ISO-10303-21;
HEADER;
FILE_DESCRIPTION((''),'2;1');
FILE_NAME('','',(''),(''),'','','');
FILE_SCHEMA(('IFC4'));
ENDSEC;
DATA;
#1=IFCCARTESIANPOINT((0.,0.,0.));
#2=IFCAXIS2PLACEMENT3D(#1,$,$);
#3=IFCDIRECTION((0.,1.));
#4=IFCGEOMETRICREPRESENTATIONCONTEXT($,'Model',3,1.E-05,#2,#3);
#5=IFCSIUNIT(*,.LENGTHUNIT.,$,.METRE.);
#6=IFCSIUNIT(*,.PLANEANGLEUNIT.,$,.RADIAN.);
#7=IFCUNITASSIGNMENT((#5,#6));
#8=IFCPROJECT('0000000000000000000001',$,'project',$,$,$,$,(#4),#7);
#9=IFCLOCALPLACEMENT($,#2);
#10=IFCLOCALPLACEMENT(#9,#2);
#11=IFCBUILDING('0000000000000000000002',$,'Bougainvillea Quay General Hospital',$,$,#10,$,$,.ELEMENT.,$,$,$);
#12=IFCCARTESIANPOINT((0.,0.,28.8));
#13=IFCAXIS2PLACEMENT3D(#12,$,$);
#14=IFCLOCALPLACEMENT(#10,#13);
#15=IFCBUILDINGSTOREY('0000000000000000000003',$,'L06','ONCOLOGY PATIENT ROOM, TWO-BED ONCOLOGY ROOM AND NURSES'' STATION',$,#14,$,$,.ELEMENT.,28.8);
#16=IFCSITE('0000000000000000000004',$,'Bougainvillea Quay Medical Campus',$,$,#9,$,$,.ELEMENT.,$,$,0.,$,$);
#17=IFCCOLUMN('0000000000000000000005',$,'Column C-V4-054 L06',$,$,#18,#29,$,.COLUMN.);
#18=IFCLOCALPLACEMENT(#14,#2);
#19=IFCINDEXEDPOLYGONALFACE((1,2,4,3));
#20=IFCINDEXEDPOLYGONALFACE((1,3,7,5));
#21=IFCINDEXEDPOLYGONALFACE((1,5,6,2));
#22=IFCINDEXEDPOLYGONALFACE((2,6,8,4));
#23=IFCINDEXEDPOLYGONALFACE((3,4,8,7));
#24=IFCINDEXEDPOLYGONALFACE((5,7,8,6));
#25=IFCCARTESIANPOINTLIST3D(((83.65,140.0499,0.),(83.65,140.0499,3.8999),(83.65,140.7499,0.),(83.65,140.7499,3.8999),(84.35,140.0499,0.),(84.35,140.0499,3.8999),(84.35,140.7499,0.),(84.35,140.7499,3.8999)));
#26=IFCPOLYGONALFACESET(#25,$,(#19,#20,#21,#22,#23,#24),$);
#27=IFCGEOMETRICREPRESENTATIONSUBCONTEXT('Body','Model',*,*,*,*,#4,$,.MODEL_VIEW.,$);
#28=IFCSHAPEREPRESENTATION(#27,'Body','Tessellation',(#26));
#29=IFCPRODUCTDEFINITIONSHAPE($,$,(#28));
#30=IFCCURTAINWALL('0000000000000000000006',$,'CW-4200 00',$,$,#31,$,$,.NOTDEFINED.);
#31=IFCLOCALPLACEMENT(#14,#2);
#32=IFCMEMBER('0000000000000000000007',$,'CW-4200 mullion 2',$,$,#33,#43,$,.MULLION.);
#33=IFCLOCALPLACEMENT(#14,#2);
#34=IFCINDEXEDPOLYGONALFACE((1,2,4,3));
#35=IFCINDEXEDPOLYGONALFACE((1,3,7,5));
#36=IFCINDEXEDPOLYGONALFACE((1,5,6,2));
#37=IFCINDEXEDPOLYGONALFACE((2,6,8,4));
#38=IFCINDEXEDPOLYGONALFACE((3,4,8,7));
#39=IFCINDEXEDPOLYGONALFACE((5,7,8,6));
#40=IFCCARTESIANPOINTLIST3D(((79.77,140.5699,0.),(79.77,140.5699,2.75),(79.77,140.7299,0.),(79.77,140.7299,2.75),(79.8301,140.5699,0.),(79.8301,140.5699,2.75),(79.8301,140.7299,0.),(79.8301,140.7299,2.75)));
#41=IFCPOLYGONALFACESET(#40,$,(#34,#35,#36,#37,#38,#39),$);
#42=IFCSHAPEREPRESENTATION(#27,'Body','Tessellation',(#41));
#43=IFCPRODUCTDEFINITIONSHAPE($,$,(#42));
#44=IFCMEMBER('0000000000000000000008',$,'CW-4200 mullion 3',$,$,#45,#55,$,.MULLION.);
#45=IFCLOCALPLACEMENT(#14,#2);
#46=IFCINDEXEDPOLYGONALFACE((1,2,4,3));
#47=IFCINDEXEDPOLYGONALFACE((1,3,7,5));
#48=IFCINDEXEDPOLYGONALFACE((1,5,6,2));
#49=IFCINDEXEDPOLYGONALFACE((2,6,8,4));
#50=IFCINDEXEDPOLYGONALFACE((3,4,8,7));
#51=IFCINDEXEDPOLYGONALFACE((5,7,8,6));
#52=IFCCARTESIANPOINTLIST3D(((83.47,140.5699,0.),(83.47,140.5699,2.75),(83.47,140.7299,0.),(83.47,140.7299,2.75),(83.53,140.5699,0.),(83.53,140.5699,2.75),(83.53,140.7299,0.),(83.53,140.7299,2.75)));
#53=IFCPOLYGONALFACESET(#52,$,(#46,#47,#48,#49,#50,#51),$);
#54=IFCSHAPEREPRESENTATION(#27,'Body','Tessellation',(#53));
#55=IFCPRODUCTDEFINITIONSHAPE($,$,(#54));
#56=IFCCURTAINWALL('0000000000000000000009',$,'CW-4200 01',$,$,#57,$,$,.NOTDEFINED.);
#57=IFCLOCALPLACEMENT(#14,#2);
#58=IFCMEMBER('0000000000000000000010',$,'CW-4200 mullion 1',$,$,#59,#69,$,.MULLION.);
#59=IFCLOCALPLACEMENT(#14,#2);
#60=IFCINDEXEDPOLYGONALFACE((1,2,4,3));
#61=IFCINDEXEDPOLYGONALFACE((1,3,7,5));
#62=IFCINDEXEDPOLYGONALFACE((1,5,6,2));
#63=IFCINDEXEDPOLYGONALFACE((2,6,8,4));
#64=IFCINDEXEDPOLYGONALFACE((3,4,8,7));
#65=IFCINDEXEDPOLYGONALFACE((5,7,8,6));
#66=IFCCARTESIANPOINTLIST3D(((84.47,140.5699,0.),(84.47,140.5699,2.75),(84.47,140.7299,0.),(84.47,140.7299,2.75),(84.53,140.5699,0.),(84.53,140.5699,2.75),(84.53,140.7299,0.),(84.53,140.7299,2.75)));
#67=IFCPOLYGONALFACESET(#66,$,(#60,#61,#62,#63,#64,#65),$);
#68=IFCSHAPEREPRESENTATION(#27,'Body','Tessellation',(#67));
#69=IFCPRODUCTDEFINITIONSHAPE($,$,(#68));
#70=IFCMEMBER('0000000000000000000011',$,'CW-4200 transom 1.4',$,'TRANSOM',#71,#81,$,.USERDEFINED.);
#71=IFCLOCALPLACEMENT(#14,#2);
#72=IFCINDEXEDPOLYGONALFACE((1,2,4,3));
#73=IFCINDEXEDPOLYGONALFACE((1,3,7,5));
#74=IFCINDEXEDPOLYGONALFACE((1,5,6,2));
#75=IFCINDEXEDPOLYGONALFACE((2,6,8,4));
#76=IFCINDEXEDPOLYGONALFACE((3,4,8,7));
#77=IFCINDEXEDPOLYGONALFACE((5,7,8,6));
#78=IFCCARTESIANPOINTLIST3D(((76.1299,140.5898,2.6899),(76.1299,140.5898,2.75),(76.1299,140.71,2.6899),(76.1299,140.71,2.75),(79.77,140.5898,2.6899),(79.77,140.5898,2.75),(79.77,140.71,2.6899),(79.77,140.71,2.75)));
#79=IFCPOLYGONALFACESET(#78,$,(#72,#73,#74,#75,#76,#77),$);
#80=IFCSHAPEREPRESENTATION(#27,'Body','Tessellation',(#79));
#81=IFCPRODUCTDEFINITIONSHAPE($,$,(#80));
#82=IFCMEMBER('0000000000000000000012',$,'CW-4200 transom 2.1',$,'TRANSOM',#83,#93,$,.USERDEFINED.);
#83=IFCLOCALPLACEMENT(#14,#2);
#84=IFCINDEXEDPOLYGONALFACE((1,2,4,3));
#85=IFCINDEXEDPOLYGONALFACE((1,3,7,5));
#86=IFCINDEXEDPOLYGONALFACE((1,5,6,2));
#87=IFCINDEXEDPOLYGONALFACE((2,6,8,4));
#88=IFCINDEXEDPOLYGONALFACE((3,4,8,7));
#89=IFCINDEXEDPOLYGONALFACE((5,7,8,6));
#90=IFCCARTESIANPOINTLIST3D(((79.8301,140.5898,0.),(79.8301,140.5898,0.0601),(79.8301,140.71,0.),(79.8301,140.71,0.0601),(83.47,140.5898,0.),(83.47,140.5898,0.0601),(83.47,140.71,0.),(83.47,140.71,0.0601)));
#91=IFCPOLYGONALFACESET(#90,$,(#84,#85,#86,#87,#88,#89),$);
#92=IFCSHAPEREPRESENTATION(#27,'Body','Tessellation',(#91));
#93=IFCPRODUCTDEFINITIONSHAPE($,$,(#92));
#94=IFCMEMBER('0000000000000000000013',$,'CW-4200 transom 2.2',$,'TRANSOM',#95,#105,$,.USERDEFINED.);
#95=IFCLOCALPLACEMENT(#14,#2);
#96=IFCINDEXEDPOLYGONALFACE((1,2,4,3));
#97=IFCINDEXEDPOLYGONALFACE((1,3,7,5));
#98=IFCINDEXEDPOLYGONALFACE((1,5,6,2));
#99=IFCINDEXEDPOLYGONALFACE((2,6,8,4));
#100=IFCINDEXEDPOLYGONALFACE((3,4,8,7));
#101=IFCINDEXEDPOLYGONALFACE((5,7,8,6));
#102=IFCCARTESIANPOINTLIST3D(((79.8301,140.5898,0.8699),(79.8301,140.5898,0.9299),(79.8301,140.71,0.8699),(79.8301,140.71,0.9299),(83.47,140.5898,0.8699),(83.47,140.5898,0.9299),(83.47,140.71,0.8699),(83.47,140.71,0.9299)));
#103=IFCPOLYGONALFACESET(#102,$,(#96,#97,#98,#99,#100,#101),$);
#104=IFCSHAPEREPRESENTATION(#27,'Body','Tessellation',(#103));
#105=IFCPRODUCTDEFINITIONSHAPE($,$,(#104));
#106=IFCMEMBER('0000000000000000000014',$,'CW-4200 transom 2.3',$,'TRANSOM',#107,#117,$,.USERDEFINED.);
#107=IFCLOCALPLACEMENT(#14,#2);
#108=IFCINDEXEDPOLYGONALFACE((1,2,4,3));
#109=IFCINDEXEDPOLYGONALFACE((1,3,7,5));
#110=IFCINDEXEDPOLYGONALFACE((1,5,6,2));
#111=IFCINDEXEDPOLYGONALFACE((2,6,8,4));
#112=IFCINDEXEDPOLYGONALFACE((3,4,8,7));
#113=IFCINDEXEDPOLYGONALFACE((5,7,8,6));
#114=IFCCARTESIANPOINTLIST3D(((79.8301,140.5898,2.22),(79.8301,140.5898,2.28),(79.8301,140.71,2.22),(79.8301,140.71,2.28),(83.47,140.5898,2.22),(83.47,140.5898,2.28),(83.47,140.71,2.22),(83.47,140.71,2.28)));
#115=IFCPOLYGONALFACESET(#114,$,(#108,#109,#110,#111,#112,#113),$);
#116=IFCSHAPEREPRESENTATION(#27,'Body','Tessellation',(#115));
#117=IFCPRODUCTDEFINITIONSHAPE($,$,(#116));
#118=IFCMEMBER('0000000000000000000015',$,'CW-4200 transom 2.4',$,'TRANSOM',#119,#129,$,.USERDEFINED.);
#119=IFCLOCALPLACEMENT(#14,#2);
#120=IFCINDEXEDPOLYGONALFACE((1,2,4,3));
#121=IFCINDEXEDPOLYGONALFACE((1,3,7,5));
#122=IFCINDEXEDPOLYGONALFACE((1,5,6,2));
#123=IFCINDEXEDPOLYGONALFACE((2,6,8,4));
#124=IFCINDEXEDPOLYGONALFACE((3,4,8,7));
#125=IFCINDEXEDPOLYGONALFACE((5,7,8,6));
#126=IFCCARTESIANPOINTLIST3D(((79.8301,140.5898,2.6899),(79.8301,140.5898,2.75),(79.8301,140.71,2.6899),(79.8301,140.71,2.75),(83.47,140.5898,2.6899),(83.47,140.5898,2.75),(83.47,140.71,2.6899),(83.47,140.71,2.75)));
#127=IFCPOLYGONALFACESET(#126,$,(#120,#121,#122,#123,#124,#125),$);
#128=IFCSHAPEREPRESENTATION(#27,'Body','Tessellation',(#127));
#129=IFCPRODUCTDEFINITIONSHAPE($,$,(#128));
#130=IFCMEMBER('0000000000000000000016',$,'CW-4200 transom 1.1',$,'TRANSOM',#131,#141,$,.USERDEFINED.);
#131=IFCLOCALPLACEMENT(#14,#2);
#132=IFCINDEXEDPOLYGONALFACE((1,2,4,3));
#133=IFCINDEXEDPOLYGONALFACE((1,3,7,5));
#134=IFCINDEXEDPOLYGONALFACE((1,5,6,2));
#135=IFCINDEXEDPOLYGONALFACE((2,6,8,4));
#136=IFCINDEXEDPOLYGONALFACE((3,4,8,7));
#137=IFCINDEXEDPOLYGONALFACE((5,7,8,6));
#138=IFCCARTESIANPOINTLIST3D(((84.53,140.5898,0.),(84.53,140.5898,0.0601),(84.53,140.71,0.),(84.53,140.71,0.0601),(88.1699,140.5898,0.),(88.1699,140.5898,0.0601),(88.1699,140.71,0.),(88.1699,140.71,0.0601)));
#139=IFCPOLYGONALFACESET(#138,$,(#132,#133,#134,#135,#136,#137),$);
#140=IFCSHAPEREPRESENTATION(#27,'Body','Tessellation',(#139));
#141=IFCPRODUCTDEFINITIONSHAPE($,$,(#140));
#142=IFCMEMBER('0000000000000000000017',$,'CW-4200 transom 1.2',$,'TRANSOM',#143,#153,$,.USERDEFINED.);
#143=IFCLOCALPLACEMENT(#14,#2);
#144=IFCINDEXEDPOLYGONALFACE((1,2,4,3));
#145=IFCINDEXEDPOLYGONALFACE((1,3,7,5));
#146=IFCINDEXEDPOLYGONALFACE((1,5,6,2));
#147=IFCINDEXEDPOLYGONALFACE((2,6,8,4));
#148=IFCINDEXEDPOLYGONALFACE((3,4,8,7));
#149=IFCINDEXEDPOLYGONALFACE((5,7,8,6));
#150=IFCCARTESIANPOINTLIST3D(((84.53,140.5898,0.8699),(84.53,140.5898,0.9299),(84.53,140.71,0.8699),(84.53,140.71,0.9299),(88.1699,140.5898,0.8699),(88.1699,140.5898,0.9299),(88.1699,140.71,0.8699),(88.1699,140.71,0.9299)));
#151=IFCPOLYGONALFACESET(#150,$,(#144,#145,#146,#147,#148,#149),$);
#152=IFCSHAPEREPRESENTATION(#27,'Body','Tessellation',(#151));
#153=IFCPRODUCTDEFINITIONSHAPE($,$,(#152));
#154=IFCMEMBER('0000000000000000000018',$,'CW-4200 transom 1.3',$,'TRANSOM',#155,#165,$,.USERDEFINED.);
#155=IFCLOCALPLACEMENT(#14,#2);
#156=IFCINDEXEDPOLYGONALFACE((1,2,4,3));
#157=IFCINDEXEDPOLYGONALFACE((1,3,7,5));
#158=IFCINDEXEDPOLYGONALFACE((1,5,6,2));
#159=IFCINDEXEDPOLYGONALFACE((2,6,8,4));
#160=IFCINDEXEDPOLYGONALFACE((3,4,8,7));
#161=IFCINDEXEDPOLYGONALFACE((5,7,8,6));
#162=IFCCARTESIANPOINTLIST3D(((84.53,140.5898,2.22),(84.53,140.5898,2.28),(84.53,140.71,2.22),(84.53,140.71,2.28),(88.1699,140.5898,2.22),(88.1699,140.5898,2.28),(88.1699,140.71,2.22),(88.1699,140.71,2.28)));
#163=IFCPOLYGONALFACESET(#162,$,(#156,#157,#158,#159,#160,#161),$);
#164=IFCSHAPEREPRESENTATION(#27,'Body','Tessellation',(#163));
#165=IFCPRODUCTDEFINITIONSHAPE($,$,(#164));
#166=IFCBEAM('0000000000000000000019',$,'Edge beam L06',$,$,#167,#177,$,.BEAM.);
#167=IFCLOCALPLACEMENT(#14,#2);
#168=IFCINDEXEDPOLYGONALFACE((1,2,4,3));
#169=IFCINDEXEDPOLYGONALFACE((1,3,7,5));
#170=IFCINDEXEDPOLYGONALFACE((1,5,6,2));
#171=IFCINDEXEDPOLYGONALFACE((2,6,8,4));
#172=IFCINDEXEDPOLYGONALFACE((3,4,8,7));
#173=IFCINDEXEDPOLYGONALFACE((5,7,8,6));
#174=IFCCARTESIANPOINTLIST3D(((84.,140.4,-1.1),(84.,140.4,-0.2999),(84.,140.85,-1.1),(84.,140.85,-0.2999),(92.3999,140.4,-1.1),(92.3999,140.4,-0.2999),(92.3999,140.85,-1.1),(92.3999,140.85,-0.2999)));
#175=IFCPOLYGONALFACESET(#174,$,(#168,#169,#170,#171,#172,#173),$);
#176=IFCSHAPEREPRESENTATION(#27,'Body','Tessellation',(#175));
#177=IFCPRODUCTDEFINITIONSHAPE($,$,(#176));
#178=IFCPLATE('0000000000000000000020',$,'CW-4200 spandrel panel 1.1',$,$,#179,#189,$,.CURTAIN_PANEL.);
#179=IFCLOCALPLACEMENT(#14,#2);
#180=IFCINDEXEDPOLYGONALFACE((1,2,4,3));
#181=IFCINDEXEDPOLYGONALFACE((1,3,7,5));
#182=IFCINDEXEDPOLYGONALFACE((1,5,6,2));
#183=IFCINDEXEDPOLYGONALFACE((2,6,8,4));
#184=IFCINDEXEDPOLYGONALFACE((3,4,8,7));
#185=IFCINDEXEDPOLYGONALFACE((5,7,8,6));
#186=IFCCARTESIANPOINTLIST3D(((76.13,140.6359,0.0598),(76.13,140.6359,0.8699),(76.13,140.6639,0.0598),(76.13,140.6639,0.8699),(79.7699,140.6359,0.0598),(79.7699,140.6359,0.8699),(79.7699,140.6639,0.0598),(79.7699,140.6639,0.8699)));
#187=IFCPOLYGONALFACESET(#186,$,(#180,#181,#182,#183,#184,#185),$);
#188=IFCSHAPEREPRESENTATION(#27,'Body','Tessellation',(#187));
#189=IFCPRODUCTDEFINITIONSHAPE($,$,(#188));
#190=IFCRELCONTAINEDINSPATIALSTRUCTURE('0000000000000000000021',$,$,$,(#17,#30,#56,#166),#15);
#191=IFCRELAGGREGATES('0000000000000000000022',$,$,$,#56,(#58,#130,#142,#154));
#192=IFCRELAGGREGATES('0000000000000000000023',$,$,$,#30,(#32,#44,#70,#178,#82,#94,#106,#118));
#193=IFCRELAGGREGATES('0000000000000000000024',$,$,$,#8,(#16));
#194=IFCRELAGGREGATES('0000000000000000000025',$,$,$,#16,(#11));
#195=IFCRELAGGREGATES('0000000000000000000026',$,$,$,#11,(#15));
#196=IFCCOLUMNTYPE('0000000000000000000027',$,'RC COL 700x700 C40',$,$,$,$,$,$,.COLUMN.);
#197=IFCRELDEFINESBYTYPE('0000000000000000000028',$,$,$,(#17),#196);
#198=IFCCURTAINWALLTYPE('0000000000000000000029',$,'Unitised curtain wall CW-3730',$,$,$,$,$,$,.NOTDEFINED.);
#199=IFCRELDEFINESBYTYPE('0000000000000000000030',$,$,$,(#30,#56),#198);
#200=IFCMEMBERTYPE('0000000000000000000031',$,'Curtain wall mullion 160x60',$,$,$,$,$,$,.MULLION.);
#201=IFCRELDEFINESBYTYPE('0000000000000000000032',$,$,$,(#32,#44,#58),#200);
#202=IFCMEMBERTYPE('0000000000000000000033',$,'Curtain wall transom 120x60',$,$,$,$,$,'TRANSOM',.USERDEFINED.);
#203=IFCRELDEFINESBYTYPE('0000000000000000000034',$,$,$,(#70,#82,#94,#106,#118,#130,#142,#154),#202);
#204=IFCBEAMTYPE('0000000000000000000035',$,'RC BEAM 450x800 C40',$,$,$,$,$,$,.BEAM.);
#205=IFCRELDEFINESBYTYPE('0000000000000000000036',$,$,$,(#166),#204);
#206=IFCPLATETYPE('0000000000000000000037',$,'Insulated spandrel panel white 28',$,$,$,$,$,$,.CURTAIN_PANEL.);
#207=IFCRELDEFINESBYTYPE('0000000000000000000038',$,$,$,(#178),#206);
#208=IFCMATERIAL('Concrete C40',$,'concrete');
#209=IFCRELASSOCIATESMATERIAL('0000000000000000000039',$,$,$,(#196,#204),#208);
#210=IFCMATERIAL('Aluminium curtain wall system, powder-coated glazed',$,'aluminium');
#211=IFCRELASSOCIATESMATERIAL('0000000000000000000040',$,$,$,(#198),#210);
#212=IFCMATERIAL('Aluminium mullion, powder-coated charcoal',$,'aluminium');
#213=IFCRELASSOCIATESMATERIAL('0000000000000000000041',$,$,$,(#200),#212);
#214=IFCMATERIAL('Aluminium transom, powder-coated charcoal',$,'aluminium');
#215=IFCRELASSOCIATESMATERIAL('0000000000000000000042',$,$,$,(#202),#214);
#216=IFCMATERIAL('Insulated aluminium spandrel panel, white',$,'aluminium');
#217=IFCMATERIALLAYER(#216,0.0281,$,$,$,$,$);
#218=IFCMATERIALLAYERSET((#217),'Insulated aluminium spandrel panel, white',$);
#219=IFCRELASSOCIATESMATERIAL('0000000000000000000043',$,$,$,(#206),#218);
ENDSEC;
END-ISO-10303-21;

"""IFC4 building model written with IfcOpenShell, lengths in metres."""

from ifc_helpers import new_model, si_unit, direction, frame, origin, origin_2d, place, context, subcontext, project, spatial, rectangle, extrude, material, layer, layer_set, material_profile, profile_set, type_object, element, aggregate, save


model = new_model("IFC4")

# Units and contexts
model_context = context("Model", 3, precision=1e-05, world=origin(), true_north=direction((0.0, 1.0)))
body_context = subcontext(model_context, "Body", "Model", "MODEL_VIEW")
ifc_project = project(units=[si_unit("LENGTHUNIT", "METRE"), si_unit("PLANEANGLEUNIT", "RADIAN")], contexts=[model_context])

# Site, building, storey
site_placement = place(None, origin())
site = spatial("IfcSite", under=ifc_project, at=site_placement, Name="Bougainvillea Quay Medical Campus", CompositionType="ELEMENT", RefElevation=0.0)
building_placement = place(site_placement, origin())
building = spatial("IfcBuilding", under=site, at=building_placement, Name="Bougainvillea Quay General Hospital", CompositionType="ELEMENT")
storey_placement = place(building_placement, frame((0.0, 0.0, 28.8)))
storey = spatial("IfcBuildingStorey", under=building, at=storey_placement, Name="L06", Description="ONCOLOGY PATIENT ROOM, TWO-BED ONCOLOGY ROOM AND NURSES' STATION", CompositionType="ELEMENT", Elevation=28.8)

# Column
ifc_material_1 = material(Name="Concrete C40", Category="concrete")
ifc_material_profile_1 = material_profile(ifc_material_1, rectangle(XDim=0.7, YDim=0.7, at=origin_2d()))
ifc_profile_set_1 = profile_set([ifc_material_profile_1], Name="Concrete C40")
column_type = type_object("IfcColumnType", Name="RC COL 700x700 C40", PredefinedType="COLUMN", material=ifc_profile_set_1)
column_placement = place(storey_placement, frame((84.0, 140.3999, 0.0), z_axis=(0.0, 0.0, 1.0), x_axis=(1.0, 0.0, 0.0)))
element("IfcColumn", 1, at=column_placement, inside=storey, type_object=column_type, Name="Column C-V4-054 L06", PredefinedType="COLUMN", context=body_context, shape_type="SweptSolid", body=[
    extrude(rectangle(XDim=0.7, YDim=0.7, at=origin_2d()), origin(), (0.0, 0.0, 1.0), 3.8999),
])

# Curtain wall, members
ifc_material_2 = material(Name="Aluminium curtain wall system, powder-coated glazed", Category="aluminium")
curtain_wall_type = type_object("IfcCurtainWallType", Name="Unitised curtain wall CW-3730", PredefinedType="NOTDEFINED", material=ifc_material_2)
curtain_wall_1_placement = place(storey_placement, origin())
curtain_wall_1 = element("IfcCurtainWall", 2, at=curtain_wall_1_placement, inside=storey, type_object=curtain_wall_type, Name="CW-4200 00", PredefinedType="NOTDEFINED")
ifc_material_3 = material(Name="Aluminium mullion, powder-coated charcoal", Category="aluminium")
ifc_material_profile_2 = material_profile(ifc_material_3, rectangle(XDim=0.1599, YDim=0.0601, at=origin_2d()))
ifc_profile_set_2 = profile_set([ifc_material_profile_2], Name="Aluminium mullion, powder-coated charcoal")
member_type_1 = type_object("IfcMemberType", Name="Curtain wall mullion 160x60", PredefinedType="MULLION", material=ifc_profile_set_2)
member_1_placement = place(storey_placement, frame((79.8, 140.6499, 0.0), z_axis=(0.0, 0.0, 1.0), x_axis=(0.0, 1.0, 0.0)))
member_1 = element("IfcMember", 3, at=member_1_placement, type_object=member_type_1, Name="CW-4200 mullion 2", PredefinedType="MULLION", context=body_context, shape_type="SweptSolid", body=[
    extrude(rectangle(XDim=0.1599, YDim=0.0601, at=origin_2d()), origin(), (0.0, 0.0, 1.0), 2.75),
])
member_2_placement = place(storey_placement, frame((83.5, 140.6499, 0.0), z_axis=(0.0, 0.0, 1.0), x_axis=(0.0, 1.0, 0.0)))
member_2 = element("IfcMember", 4, at=member_2_placement, type_object=member_type_1, Name="CW-4200 mullion 3", PredefinedType="MULLION", context=body_context, shape_type="SweptSolid", body=[
    extrude(rectangle(XDim=0.1599, YDim=0.0601, at=origin_2d()), origin(), (0.0, 0.0, 1.0), 2.75),
])

# Curtain wall, member
curtain_wall_2_placement = place(storey_placement, origin())
curtain_wall_2 = element("IfcCurtainWall", 5, at=curtain_wall_2_placement, inside=storey, type_object=curtain_wall_type, Name="CW-4200 01", PredefinedType="NOTDEFINED")
member_3_placement = place(storey_placement, frame((84.5, 140.6499, 0.0), z_axis=(0.0, 0.0, 1.0), x_axis=(0.0, 1.0, 0.0)))
member_3 = element("IfcMember", 6, at=member_3_placement, type_object=member_type_1, Name="CW-4200 mullion 1", PredefinedType="MULLION", context=body_context, shape_type="SweptSolid", body=[
    extrude(rectangle(XDim=0.1599, YDim=0.0601, at=origin_2d()), origin(), (0.0, 0.0, 1.0), 2.75),
])

# Members
ifc_material_4 = material(Name="Aluminium transom, powder-coated charcoal", Category="aluminium")
ifc_material_profile_3 = material_profile(ifc_material_4, rectangle(XDim=0.1201, YDim=0.0601, at=origin_2d()))
ifc_profile_set_3 = profile_set([ifc_material_profile_3], Name="Aluminium transom, powder-coated charcoal")
member_type_2 = type_object("IfcMemberType", Name="Curtain wall transom 120x60", ElementType="TRANSOM", PredefinedType="USERDEFINED", material=ifc_profile_set_3)
member_4_placement = place(storey_placement, frame((76.1299, 140.6499, 2.72), z_axis=(1.0, 0.0, 0.0), x_axis=(0.0, 1.0, 0.0)))
member_4 = element("IfcMember", 7, at=member_4_placement, type_object=member_type_2, Name="CW-4200 transom 1.4", ObjectType="TRANSOM", PredefinedType="USERDEFINED", context=body_context, shape_type="SweptSolid", body=[
    extrude(rectangle(XDim=0.1201, YDim=0.0601, at=origin_2d()), origin(), (0.0, 0.0, 1.0), 3.6401),
])
member_5_placement = place(storey_placement, frame((79.8301, 140.6499, 0.03), z_axis=(1.0, 0.0, 0.0), x_axis=(0.0, 1.0, 0.0)))
member_5 = element("IfcMember", 8, at=member_5_placement, type_object=member_type_2, Name="CW-4200 transom 2.1", ObjectType="TRANSOM", PredefinedType="USERDEFINED", context=body_context, shape_type="SweptSolid", body=[
    extrude(rectangle(XDim=0.1201, YDim=0.0601, at=origin_2d()), origin(), (0.0, 0.0, 1.0), 3.6399),
])
member_6_placement = place(storey_placement, frame((79.8301, 140.6499, 0.8999), z_axis=(1.0, 0.0, 0.0), x_axis=(0.0, 1.0, 0.0)))
member_6 = element("IfcMember", 9, at=member_6_placement, type_object=member_type_2, Name="CW-4200 transom 2.2", ObjectType="TRANSOM", PredefinedType="USERDEFINED", context=body_context, shape_type="SweptSolid", body=[
    extrude(rectangle(XDim=0.1201, YDim=0.0601, at=origin_2d()), origin(), (0.0, 0.0, 1.0), 3.6399),
])
member_7_placement = place(storey_placement, frame((79.8301, 140.6499, 2.25), z_axis=(1.0, 0.0, 0.0), x_axis=(0.0, 1.0, 0.0)))
member_7 = element("IfcMember", 10, at=member_7_placement, type_object=member_type_2, Name="CW-4200 transom 2.3", ObjectType="TRANSOM", PredefinedType="USERDEFINED", context=body_context, shape_type="SweptSolid", body=[
    extrude(rectangle(XDim=0.1201, YDim=0.0601, at=origin_2d()), origin(), (0.0, 0.0, 1.0), 3.6399),
])
member_8_placement = place(storey_placement, frame((79.8301, 140.6499, 2.72), z_axis=(1.0, 0.0, 0.0), x_axis=(0.0, 1.0, 0.0)))
member_8 = element("IfcMember", 11, at=member_8_placement, type_object=member_type_2, Name="CW-4200 transom 2.4", ObjectType="TRANSOM", PredefinedType="USERDEFINED", context=body_context, shape_type="SweptSolid", body=[
    extrude(rectangle(XDim=0.1201, YDim=0.0601, at=origin_2d()), origin(), (0.0, 0.0, 1.0), 3.6399),
])
member_9_placement = place(storey_placement, frame((84.53, 140.6499, 0.03), z_axis=(1.0, 0.0, 0.0), x_axis=(0.0, 1.0, 0.0)))
member_9 = element("IfcMember", 12, at=member_9_placement, type_object=member_type_2, Name="CW-4200 transom 1.1", ObjectType="TRANSOM", PredefinedType="USERDEFINED", context=body_context, shape_type="SweptSolid", body=[
    extrude(rectangle(XDim=0.1201, YDim=0.0601, at=origin_2d()), origin(), (0.0, 0.0, 1.0), 3.6399),
])
member_10_placement = place(storey_placement, frame((84.53, 140.6499, 0.8999), z_axis=(1.0, 0.0, 0.0), x_axis=(0.0, 1.0, 0.0)))
member_10 = element("IfcMember", 13, at=member_10_placement, type_object=member_type_2, Name="CW-4200 transom 1.2", ObjectType="TRANSOM", PredefinedType="USERDEFINED", context=body_context, shape_type="SweptSolid", body=[
    extrude(rectangle(XDim=0.1201, YDim=0.0601, at=origin_2d()), origin(), (0.0, 0.0, 1.0), 3.6399),
])
member_11_placement = place(storey_placement, frame((84.53, 140.6499, 2.25), z_axis=(1.0, 0.0, 0.0), x_axis=(0.0, 1.0, 0.0)))
member_11 = element("IfcMember", 14, at=member_11_placement, type_object=member_type_2, Name="CW-4200 transom 1.3", ObjectType="TRANSOM", PredefinedType="USERDEFINED", context=body_context, shape_type="SweptSolid", body=[
    extrude(rectangle(XDim=0.1201, YDim=0.0601, at=origin_2d()), origin(), (0.0, 0.0, 1.0), 3.6399),
])
aggregate(curtain_wall_2, [member_3, member_9, member_10, member_11])

# Beam
ifc_material_profile_4 = material_profile(ifc_material_1, rectangle(XDim=0.45, YDim=0.8, at=origin_2d()))
ifc_profile_set_4 = profile_set([ifc_material_profile_4], Name="Concrete C40")
beam_type = type_object("IfcBeamType", Name="RC BEAM 450x800 C40", PredefinedType="BEAM", material=ifc_profile_set_4)
beam_placement = place(storey_placement, frame((84.0, 140.625, -0.7), z_axis=(1.0, 0.0, 0.0), x_axis=(0.0, 1.0, 0.0)))
element("IfcBeam", 15, at=beam_placement, inside=storey, type_object=beam_type, Name="Edge beam L06", PredefinedType="BEAM", context=body_context, shape_type="SweptSolid", body=[
    extrude(rectangle(XDim=0.45, YDim=0.8, at=origin_2d()), origin(), (0.0, 0.0, 1.0), 8.3999),
])

# Plate
ifc_material_5 = material(Name="Insulated aluminium spandrel panel, white", Category="aluminium")
ifc_layer_1 = layer(ifc_material_5, 0.0281)
ifc_layer_set_1 = layer_set([ifc_layer_1], Name="Insulated aluminium spandrel panel, white")
plate_type_1 = type_object("IfcPlateType", Name="Insulated spandrel panel white 28", PredefinedType="CURTAIN_PANEL", material=ifc_layer_set_1)
plate_1_placement = place(storey_placement, frame((77.95, 140.6499, 0.0598), z_axis=(0.0, 0.0, 1.0), x_axis=(1.0, 0.0, 0.0)))
plate_1 = element("IfcPlate", 16, at=plate_1_placement, type_object=plate_type_1, Name="CW-4200 spandrel panel 1.1", PredefinedType="CURTAIN_PANEL", context=body_context, shape_type="SweptSolid", body=[
    extrude(rectangle(XDim=3.6399, YDim=0.0281, at=origin_2d()), origin(), (0.0, 0.0, 1.0), 0.8101),
])
aggregate(curtain_wall_1, [member_1, member_2, member_4, plate_1, member_5, member_6, member_7, member_8])

save(model, "model.ifc")
